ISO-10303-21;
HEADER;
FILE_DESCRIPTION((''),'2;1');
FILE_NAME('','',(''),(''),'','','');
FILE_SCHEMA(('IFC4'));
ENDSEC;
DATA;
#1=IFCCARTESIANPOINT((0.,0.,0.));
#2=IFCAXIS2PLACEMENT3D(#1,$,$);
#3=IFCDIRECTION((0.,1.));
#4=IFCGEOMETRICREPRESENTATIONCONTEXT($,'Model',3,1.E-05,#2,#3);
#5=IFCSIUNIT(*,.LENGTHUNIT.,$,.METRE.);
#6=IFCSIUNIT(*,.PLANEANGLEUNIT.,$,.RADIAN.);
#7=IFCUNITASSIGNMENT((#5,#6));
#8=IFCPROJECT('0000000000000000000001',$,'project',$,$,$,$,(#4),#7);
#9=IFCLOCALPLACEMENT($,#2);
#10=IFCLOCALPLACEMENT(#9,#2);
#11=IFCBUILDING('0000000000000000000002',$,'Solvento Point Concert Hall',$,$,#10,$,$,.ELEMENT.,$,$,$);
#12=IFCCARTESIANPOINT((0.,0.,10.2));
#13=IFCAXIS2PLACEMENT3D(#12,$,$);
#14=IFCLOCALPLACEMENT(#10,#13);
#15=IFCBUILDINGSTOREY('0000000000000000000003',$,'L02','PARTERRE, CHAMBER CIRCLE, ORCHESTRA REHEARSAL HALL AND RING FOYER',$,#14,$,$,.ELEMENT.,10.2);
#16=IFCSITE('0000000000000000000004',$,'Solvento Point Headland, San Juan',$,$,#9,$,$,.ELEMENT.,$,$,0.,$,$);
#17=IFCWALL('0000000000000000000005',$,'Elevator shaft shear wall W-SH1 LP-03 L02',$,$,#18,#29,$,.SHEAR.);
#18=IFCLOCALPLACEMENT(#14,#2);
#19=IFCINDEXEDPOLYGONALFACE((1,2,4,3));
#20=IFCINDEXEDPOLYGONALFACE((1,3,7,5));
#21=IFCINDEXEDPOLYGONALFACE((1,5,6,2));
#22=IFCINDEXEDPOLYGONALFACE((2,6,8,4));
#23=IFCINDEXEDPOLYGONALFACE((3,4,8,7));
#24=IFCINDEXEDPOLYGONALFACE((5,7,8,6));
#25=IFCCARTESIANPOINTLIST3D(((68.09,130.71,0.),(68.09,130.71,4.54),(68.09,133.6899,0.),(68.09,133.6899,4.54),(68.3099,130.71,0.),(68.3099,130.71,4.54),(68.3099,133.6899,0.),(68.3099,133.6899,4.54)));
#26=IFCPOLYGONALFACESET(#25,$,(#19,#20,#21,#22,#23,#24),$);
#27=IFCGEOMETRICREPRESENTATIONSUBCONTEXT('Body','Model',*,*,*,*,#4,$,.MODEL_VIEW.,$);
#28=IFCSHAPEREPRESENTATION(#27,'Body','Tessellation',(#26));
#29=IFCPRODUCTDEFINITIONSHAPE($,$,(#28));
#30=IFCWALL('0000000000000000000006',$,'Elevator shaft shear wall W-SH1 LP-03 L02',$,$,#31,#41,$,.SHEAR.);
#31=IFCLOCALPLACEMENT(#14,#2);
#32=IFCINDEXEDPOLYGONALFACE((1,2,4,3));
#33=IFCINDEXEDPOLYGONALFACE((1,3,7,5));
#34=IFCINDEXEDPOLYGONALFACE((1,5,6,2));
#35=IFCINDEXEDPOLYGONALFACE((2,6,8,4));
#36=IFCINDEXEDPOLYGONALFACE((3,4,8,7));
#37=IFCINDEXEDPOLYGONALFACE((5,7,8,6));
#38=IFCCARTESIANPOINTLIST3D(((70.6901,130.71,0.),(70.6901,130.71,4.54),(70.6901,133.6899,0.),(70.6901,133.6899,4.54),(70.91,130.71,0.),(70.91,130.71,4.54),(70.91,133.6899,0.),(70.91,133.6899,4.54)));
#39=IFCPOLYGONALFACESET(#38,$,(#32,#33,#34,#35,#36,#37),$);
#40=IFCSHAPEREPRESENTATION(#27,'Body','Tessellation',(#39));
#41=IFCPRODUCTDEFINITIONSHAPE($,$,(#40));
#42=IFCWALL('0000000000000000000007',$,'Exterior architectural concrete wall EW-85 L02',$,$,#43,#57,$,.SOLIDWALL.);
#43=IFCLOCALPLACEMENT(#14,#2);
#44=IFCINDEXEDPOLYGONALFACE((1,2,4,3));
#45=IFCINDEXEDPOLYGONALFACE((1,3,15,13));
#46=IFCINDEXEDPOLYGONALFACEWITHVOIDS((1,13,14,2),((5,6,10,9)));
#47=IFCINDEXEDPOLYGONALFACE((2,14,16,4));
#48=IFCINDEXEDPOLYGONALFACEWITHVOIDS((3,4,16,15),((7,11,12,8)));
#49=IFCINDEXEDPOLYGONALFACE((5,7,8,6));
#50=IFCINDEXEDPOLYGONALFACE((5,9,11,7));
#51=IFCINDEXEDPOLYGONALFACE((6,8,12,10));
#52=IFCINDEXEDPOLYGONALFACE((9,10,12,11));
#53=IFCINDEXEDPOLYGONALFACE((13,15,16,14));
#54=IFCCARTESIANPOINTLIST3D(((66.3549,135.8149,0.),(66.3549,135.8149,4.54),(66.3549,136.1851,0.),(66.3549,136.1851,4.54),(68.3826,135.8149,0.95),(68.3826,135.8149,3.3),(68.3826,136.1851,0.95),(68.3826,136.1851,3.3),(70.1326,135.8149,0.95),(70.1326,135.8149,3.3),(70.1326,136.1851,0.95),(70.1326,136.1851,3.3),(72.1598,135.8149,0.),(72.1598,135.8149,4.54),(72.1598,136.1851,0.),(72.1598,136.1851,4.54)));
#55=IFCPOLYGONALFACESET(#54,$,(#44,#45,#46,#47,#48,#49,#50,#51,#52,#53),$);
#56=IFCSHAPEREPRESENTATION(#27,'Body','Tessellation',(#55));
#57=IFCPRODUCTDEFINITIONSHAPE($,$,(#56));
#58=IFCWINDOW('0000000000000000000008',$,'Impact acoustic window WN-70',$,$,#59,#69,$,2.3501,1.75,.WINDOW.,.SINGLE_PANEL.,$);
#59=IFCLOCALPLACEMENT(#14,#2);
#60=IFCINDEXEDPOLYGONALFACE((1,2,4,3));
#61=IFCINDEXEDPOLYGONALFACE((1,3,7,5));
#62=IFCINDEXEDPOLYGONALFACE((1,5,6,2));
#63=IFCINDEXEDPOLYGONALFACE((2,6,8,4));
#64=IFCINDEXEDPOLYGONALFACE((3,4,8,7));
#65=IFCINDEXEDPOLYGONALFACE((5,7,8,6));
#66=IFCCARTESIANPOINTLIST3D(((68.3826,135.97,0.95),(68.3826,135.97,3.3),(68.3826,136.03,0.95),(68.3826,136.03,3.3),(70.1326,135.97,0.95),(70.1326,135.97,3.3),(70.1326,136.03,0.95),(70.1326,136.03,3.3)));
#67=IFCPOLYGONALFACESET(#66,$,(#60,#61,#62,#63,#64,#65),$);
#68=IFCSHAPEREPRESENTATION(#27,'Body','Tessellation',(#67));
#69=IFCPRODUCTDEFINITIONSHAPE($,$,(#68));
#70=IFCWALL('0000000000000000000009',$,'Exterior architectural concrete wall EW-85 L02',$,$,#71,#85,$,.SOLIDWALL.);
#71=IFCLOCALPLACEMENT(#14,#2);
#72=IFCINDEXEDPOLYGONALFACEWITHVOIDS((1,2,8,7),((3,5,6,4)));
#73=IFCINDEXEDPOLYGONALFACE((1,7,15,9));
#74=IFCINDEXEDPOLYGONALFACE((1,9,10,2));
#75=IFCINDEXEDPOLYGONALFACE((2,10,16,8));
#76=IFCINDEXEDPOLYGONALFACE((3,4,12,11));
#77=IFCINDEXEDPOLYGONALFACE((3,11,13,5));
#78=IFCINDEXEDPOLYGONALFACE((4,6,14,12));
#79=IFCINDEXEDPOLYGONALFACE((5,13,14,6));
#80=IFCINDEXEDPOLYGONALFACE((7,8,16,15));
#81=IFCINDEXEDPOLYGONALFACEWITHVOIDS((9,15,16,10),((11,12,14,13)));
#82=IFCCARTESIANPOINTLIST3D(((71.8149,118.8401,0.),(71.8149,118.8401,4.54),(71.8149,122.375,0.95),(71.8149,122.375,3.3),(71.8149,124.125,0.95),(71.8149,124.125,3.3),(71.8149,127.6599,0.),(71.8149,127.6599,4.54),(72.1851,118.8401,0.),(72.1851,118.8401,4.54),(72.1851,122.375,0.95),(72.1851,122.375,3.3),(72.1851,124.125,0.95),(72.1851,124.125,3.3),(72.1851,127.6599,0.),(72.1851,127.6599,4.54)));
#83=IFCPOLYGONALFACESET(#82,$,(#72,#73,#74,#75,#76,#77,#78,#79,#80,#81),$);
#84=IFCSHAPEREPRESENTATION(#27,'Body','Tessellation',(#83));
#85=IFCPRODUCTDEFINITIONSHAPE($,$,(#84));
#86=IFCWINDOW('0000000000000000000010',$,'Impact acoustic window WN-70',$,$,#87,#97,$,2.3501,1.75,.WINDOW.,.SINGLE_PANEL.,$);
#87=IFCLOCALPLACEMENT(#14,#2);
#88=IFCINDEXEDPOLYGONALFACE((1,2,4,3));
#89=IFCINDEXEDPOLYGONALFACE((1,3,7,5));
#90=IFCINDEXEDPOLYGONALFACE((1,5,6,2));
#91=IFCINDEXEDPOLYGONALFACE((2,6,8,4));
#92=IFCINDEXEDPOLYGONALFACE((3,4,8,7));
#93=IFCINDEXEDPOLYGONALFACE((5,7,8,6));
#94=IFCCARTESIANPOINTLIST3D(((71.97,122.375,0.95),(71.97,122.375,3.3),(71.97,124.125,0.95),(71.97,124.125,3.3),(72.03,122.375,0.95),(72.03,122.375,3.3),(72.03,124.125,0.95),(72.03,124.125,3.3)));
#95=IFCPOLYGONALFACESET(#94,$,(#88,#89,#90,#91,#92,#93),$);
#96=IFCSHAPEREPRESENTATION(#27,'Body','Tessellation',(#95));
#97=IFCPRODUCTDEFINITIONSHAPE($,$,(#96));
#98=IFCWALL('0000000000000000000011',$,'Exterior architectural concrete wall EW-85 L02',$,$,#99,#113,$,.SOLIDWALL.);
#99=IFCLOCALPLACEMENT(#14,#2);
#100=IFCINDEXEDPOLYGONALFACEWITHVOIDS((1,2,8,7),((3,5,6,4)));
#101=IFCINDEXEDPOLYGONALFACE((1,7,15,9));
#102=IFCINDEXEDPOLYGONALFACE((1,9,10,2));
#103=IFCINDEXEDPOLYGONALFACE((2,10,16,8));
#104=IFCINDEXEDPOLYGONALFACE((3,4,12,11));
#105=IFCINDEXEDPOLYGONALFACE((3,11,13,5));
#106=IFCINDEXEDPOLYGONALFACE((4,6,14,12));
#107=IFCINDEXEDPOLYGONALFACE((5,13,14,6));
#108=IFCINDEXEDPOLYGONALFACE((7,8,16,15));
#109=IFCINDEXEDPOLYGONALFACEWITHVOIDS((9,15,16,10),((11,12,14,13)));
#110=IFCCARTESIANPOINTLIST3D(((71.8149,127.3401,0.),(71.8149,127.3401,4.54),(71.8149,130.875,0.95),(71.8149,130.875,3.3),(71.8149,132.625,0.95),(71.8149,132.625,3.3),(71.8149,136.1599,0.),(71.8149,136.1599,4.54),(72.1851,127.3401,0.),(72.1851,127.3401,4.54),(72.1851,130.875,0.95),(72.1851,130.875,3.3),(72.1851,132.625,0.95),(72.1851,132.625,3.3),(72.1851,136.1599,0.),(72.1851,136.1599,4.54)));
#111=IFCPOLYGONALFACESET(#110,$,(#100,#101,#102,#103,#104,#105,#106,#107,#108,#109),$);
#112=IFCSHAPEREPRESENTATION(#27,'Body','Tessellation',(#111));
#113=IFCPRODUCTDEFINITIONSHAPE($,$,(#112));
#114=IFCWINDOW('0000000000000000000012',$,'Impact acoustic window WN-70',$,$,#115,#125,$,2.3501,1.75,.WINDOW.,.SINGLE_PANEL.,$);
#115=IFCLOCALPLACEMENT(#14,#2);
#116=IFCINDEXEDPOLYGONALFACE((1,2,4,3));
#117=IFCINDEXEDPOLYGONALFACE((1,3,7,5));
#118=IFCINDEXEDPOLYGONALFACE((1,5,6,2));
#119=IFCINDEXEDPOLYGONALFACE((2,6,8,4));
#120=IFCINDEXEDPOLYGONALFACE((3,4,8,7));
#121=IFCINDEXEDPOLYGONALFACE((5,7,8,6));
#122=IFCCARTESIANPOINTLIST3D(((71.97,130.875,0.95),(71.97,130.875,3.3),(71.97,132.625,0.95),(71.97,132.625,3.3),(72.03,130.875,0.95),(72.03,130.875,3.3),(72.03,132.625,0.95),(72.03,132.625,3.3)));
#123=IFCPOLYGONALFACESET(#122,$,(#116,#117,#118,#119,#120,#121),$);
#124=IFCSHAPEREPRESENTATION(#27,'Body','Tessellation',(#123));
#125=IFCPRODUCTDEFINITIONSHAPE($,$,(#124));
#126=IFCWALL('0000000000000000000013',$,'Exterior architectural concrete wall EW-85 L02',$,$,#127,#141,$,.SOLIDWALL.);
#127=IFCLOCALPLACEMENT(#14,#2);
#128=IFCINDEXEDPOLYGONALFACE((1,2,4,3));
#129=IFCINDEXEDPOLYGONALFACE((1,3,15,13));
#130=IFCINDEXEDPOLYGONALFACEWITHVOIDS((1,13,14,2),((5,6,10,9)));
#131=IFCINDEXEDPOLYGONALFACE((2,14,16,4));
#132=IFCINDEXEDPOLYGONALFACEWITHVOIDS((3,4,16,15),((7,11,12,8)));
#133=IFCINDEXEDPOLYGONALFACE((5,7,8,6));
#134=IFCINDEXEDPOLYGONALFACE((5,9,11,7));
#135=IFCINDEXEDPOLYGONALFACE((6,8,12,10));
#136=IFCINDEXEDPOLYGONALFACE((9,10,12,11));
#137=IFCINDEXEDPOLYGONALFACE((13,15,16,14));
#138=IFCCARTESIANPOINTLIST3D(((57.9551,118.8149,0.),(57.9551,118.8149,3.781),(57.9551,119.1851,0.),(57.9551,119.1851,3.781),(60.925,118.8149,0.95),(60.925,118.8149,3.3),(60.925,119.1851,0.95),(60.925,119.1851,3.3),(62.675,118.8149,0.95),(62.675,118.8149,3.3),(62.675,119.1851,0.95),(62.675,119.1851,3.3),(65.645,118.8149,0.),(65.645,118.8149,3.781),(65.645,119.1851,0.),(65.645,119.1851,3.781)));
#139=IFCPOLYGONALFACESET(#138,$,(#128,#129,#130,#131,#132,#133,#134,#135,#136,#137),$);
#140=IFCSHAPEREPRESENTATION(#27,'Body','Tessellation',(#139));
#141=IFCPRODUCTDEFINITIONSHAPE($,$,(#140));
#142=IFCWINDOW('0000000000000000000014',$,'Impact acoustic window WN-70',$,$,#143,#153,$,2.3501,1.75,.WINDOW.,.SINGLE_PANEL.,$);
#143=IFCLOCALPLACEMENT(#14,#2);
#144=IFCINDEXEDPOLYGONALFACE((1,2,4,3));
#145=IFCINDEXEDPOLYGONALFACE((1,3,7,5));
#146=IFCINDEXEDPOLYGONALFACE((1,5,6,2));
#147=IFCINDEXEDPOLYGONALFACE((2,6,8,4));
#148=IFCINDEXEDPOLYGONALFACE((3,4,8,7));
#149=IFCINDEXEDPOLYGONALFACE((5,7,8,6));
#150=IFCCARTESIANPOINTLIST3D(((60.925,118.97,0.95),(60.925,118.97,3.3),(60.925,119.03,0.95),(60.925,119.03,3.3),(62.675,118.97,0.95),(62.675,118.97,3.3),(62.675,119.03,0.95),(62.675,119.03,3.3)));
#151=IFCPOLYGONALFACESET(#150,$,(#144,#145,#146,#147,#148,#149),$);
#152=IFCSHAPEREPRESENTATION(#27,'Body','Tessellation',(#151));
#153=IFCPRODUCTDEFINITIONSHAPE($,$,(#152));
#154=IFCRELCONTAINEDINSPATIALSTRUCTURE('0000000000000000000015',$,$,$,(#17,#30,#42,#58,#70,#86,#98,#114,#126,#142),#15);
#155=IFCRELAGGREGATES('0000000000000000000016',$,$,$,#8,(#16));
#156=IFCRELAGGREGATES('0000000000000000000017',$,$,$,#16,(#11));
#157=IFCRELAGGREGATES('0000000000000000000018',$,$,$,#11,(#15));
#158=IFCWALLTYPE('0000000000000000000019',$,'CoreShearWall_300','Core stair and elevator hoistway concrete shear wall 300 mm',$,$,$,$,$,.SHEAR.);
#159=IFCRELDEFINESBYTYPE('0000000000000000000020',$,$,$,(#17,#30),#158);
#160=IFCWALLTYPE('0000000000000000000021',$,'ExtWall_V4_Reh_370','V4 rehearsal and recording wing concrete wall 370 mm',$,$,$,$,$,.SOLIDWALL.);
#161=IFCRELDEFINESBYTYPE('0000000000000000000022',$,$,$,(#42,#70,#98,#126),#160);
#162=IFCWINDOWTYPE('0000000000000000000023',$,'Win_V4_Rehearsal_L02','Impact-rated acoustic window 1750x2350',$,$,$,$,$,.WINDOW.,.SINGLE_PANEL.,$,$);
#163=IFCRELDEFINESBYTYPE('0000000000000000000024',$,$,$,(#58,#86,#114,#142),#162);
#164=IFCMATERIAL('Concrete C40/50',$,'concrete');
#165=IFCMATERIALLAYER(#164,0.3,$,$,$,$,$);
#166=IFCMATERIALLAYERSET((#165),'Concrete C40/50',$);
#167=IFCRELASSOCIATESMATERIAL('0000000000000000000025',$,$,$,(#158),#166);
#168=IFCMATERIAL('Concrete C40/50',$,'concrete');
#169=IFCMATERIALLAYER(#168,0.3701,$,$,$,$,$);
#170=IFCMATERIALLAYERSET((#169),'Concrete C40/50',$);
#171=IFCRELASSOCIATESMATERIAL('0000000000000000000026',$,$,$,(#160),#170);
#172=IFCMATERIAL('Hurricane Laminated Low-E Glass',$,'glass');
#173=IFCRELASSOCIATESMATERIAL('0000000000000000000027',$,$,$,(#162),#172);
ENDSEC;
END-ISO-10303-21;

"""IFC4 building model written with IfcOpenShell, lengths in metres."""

from ifc_helpers import new_model, si_unit, direction, frame, frame_2d, origin, place, context, subcontext, project, spatial, rectangle, extrude, material, layer, layer_set, type_object, element, fill, save


model = new_model("IFC4")

# Units and contexts
model_context = context("Model", 3, precision=1e-05, world=origin(), true_north=direction((0.0, 1.0)))
body_context = subcontext(model_context, "Body", "Model", "MODEL_VIEW")
ifc_project = project(units=[si_unit("LENGTHUNIT", "METRE"), si_unit("PLANEANGLEUNIT", "RADIAN")], contexts=[model_context])

# Site, building, storey
site_placement = place(None, origin())
site = spatial("IfcSite", under=ifc_project, at=site_placement, Name="Solvento Point Headland, San Juan", CompositionType="ELEMENT", RefElevation=0.0)
building_placement = place(site_placement, origin())
building = spatial("IfcBuilding", under=site, at=building_placement, Name="Solvento Point Concert Hall", CompositionType="ELEMENT")
storey_placement = place(building_placement, frame((0.0, 0.0, 10.2)))
storey = spatial("IfcBuildingStorey", under=building, at=storey_placement, Name="L02", Description="PARTERRE, CHAMBER CIRCLE, ORCHESTRA REHEARSAL HALL AND RING FOYER", CompositionType="ELEMENT", Elevation=10.2)

# Shared definitions
ifc_material_1 = material(Name="Concrete C40/50", Category="concrete")
ifc_layer_1 = layer(ifc_material_1, 0.3)
ifc_layer_set_1 = layer_set([ifc_layer_1], Name="Concrete C40/50")
wall_type_1 = type_object("IfcWallType", Name="CoreShearWall_300", Description="Core stair and elevator hoistway concrete shear wall 300 mm", PredefinedType="SHEAR", material=ifc_layer_set_1)

# Walls
for number, where, z_axis, x_axis, name in (
    (1, (68.2, 130.71, 0.0), (0.0, 0.0, 1.0), (0.0, 1.0, 0.0), "Elevator shaft shear wall W-SH1 LP-03 L02"),
    (2, (70.8, 130.71, 0.0), (0.0, 0.0, 1.0), (0.0, 1.0, 0.0), "Elevator shaft shear wall W-SH1 LP-03 L02"),
):
    element("IfcWall", number, at=place(storey_placement, frame(where, z_axis=z_axis, x_axis=x_axis)), inside=storey, type_object=wall_type_1, Name=name, PredefinedType="SHEAR", context=body_context, shape_type="SweptSolid", body=[
        extrude(rectangle(XDim=2.98, YDim=0.22, at=frame_2d((1.49, 0.0))), origin(), (0.0, 0.0, 1.0), 4.54),
    ])

# Walls, openings, windows
ifc_material_2 = material(Name="Concrete C40/50", Category="concrete")
ifc_layer_2 = layer(ifc_material_2, 0.3701)
ifc_layer_set_2 = layer_set([ifc_layer_2], Name="Concrete C40/50")
wall_type_2 = type_object("IfcWallType", Name="ExtWall_V4_Reh_370", Description="V4 rehearsal and recording wing concrete wall 370 mm", PredefinedType="SOLIDWALL", material=ifc_layer_set_2)
wall_1_placement = place(storey_placement, frame((66.355, 136.0, 0.0), z_axis=(0.0, 0.0, 1.0), x_axis=(1.0, 0.0, 0.0)))
wall_1 = element("IfcWall", 3, at=wall_1_placement, inside=storey, type_object=wall_type_2, Name="Exterior architectural concrete wall EW-85 L02", PredefinedType="SOLIDWALL", context=body_context, shape_type="SweptSolid", body=[
    extrude(rectangle(XDim=5.8049, YDim=0.3701, at=frame_2d((2.9023, 0.0))), origin(), (0.0, 0.0, 1.0), 4.54),
])
opening_1_placement = place(wall_1_placement, frame((2.0276, 0.0, 0.95)))
opening_1 = element("IfcOpeningElement", 4, at=opening_1_placement, cuts=wall_1, PredefinedType="OPENING", context=body_context, shape_type="SweptSolid", body=[
    extrude(rectangle(XDim=1.75, YDim=2.3501, at=frame_2d((0.875, 1.175))), frame((0.0, 0.1951, 0.0), z_axis=(0.0, -1.0, 0.0), x_axis=(1.0, 0.0, 0.0)), (0.0, 0.0, 1.0), 0.3901),
])
ifc_material_3 = material(Name="Hurricane Laminated Low-E Glass", Category="glass")
window_type = type_object("IfcWindowType", Name="Win_V4_Rehearsal_L02", Description="Impact-rated acoustic window 1750x2350", PartitioningType="SINGLE_PANEL", PredefinedType="WINDOW", material=ifc_material_3)
window_1_placement = place(opening_1_placement, origin())
window_1 = element("IfcWindow", 5, at=window_1_placement, inside=storey, type_object=window_type, Name="Impact acoustic window WN-70", OverallHeight=2.3501, OverallWidth=1.75, PartitioningType="SINGLE_PANEL", PredefinedType="WINDOW", context=body_context, shape_type="SweptSolid", body=[
    extrude(rectangle(XDim=1.75, YDim=2.3501, at=frame_2d((0.875, 1.175))), frame((0.0, 0.03, 0.0), z_axis=(0.0, -1.0, 0.0), x_axis=(1.0, 0.0, 0.0)), (0.0, 0.0, 1.0), 0.0601),
])
fill(opening_1, window_1)
wall_2_placement = place(storey_placement, frame((72.0, 127.6599, 0.0), z_axis=(0.0, 0.0, 1.0), x_axis=(0.0, -1.0, 0.0)))
wall_2 = element("IfcWall", 6, at=wall_2_placement, inside=storey, type_object=wall_type_2, Name="Exterior architectural concrete wall EW-85 L02", PredefinedType="SOLIDWALL", context=body_context, shape_type="SweptSolid", body=[
    extrude(rectangle(XDim=8.8198, YDim=0.3701, at=frame_2d((4.4099, 0.0))), origin(), (0.0, 0.0, 1.0), 4.54),
])
opening_2_placement = place(wall_2_placement, frame((3.5349, 0.0, 0.95)))
opening_2 = element("IfcOpeningElement", 7, at=opening_2_placement, cuts=wall_2, PredefinedType="OPENING", context=body_context, shape_type="SweptSolid", body=[
    extrude(rectangle(XDim=1.75, YDim=2.3501, at=frame_2d((0.875, 1.175))), frame((0.0, 0.1951, 0.0), z_axis=(0.0, -1.0, 0.0), x_axis=(1.0, 0.0, 0.0)), (0.0, 0.0, 1.0), 0.3901),
])
window_2_placement = place(opening_2_placement, origin())
window_2 = element("IfcWindow", 8, at=window_2_placement, inside=storey, type_object=window_type, Name="Impact acoustic window WN-70", OverallHeight=2.3501, OverallWidth=1.75, PartitioningType="SINGLE_PANEL", PredefinedType="WINDOW", context=body_context, shape_type="SweptSolid", body=[
    extrude(rectangle(XDim=1.75, YDim=2.3501, at=frame_2d((0.875, 1.175))), frame((0.0, 0.03, 0.0), z_axis=(0.0, -1.0, 0.0), x_axis=(1.0, 0.0, 0.0)), (0.0, 0.0, 1.0), 0.0601),
])
fill(opening_2, window_2)
wall_3_placement = place(storey_placement, frame((72.0, 136.1599, 0.0), z_axis=(0.0, 0.0, 1.0), x_axis=(0.0, -1.0, 0.0)))
wall_3 = element("IfcWall", 9, at=wall_3_placement, inside=storey, type_object=wall_type_2, Name="Exterior architectural concrete wall EW-85 L02", PredefinedType="SOLIDWALL", context=body_context, shape_type="SweptSolid", body=[
    extrude(rectangle(XDim=8.8198, YDim=0.3701, at=frame_2d((4.4099, 0.0))), origin(), (0.0, 0.0, 1.0), 4.54),
])
opening_3_placement = place(wall_3_placement, frame((3.5349, 0.0, 0.95)))
opening_3 = element("IfcOpeningElement", 10, at=opening_3_placement, cuts=wall_3, PredefinedType="OPENING", context=body_context, shape_type="SweptSolid", body=[
    extrude(rectangle(XDim=1.75, YDim=2.3501, at=frame_2d((0.875, 1.175))), frame((0.0, 0.1951, 0.0), z_axis=(0.0, -1.0, 0.0), x_axis=(1.0, 0.0, 0.0)), (0.0, 0.0, 1.0), 0.3901),
])
window_3_placement = place(opening_3_placement, origin())
window_3 = element("IfcWindow", 11, at=window_3_placement, inside=storey, type_object=window_type, Name="Impact acoustic window WN-70", OverallHeight=2.3501, OverallWidth=1.75, PartitioningType="SINGLE_PANEL", PredefinedType="WINDOW", context=body_context, shape_type="SweptSolid", body=[
    extrude(rectangle(XDim=1.75, YDim=2.3501, at=frame_2d((0.875, 1.175))), frame((0.0, 0.03, 0.0), z_axis=(0.0, -1.0, 0.0), x_axis=(1.0, 0.0, 0.0)), (0.0, 0.0, 1.0), 0.0601),
])
fill(opening_3, window_3)
wall_4_placement = place(storey_placement, frame((65.645, 119.0, 0.0), z_axis=(0.0, 0.0, 1.0), x_axis=(-1.0, 0.0, 0.0)))
wall_4 = element("IfcWall", 12, at=wall_4_placement, inside=storey, type_object=wall_type_2, Name="Exterior architectural concrete wall EW-85 L02", PredefinedType="SOLIDWALL", context=body_context, shape_type="SweptSolid", body=[
    extrude(rectangle(XDim=7.6899, YDim=0.3701, at=frame_2d((3.845, 0.0))), origin(), (0.0, 0.0, 1.0), 3.781),
])
opening_4_placement = place(wall_4_placement, frame((2.97, 0.0, 0.95)))
opening_4 = element("IfcOpeningElement", 13, at=opening_4_placement, cuts=wall_4, PredefinedType="OPENING", context=body_context, shape_type="SweptSolid", body=[
    extrude(rectangle(XDim=1.75, YDim=2.3501, at=frame_2d((0.875, 1.175))), frame((0.0, 0.1951, 0.0), z_axis=(0.0, -1.0, 0.0), x_axis=(1.0, 0.0, 0.0)), (0.0, 0.0, 1.0), 0.3901),
])
window_4_placement = place(opening_4_placement, origin())
window_4 = element("IfcWindow", 14, at=window_4_placement, inside=storey, type_object=window_type, Name="Impact acoustic window WN-70", OverallHeight=2.3501, OverallWidth=1.75, PartitioningType="SINGLE_PANEL", PredefinedType="WINDOW", context=body_context, shape_type="SweptSolid", body=[
    extrude(rectangle(XDim=1.75, YDim=2.3501, at=frame_2d((0.875, 1.175))), frame((0.0, 0.03, 0.0), z_axis=(0.0, -1.0, 0.0), x_axis=(1.0, 0.0, 0.0)), (0.0, 0.0, 1.0), 0.0601),
])
fill(opening_4, window_4)

save(model, "model.ifc")
